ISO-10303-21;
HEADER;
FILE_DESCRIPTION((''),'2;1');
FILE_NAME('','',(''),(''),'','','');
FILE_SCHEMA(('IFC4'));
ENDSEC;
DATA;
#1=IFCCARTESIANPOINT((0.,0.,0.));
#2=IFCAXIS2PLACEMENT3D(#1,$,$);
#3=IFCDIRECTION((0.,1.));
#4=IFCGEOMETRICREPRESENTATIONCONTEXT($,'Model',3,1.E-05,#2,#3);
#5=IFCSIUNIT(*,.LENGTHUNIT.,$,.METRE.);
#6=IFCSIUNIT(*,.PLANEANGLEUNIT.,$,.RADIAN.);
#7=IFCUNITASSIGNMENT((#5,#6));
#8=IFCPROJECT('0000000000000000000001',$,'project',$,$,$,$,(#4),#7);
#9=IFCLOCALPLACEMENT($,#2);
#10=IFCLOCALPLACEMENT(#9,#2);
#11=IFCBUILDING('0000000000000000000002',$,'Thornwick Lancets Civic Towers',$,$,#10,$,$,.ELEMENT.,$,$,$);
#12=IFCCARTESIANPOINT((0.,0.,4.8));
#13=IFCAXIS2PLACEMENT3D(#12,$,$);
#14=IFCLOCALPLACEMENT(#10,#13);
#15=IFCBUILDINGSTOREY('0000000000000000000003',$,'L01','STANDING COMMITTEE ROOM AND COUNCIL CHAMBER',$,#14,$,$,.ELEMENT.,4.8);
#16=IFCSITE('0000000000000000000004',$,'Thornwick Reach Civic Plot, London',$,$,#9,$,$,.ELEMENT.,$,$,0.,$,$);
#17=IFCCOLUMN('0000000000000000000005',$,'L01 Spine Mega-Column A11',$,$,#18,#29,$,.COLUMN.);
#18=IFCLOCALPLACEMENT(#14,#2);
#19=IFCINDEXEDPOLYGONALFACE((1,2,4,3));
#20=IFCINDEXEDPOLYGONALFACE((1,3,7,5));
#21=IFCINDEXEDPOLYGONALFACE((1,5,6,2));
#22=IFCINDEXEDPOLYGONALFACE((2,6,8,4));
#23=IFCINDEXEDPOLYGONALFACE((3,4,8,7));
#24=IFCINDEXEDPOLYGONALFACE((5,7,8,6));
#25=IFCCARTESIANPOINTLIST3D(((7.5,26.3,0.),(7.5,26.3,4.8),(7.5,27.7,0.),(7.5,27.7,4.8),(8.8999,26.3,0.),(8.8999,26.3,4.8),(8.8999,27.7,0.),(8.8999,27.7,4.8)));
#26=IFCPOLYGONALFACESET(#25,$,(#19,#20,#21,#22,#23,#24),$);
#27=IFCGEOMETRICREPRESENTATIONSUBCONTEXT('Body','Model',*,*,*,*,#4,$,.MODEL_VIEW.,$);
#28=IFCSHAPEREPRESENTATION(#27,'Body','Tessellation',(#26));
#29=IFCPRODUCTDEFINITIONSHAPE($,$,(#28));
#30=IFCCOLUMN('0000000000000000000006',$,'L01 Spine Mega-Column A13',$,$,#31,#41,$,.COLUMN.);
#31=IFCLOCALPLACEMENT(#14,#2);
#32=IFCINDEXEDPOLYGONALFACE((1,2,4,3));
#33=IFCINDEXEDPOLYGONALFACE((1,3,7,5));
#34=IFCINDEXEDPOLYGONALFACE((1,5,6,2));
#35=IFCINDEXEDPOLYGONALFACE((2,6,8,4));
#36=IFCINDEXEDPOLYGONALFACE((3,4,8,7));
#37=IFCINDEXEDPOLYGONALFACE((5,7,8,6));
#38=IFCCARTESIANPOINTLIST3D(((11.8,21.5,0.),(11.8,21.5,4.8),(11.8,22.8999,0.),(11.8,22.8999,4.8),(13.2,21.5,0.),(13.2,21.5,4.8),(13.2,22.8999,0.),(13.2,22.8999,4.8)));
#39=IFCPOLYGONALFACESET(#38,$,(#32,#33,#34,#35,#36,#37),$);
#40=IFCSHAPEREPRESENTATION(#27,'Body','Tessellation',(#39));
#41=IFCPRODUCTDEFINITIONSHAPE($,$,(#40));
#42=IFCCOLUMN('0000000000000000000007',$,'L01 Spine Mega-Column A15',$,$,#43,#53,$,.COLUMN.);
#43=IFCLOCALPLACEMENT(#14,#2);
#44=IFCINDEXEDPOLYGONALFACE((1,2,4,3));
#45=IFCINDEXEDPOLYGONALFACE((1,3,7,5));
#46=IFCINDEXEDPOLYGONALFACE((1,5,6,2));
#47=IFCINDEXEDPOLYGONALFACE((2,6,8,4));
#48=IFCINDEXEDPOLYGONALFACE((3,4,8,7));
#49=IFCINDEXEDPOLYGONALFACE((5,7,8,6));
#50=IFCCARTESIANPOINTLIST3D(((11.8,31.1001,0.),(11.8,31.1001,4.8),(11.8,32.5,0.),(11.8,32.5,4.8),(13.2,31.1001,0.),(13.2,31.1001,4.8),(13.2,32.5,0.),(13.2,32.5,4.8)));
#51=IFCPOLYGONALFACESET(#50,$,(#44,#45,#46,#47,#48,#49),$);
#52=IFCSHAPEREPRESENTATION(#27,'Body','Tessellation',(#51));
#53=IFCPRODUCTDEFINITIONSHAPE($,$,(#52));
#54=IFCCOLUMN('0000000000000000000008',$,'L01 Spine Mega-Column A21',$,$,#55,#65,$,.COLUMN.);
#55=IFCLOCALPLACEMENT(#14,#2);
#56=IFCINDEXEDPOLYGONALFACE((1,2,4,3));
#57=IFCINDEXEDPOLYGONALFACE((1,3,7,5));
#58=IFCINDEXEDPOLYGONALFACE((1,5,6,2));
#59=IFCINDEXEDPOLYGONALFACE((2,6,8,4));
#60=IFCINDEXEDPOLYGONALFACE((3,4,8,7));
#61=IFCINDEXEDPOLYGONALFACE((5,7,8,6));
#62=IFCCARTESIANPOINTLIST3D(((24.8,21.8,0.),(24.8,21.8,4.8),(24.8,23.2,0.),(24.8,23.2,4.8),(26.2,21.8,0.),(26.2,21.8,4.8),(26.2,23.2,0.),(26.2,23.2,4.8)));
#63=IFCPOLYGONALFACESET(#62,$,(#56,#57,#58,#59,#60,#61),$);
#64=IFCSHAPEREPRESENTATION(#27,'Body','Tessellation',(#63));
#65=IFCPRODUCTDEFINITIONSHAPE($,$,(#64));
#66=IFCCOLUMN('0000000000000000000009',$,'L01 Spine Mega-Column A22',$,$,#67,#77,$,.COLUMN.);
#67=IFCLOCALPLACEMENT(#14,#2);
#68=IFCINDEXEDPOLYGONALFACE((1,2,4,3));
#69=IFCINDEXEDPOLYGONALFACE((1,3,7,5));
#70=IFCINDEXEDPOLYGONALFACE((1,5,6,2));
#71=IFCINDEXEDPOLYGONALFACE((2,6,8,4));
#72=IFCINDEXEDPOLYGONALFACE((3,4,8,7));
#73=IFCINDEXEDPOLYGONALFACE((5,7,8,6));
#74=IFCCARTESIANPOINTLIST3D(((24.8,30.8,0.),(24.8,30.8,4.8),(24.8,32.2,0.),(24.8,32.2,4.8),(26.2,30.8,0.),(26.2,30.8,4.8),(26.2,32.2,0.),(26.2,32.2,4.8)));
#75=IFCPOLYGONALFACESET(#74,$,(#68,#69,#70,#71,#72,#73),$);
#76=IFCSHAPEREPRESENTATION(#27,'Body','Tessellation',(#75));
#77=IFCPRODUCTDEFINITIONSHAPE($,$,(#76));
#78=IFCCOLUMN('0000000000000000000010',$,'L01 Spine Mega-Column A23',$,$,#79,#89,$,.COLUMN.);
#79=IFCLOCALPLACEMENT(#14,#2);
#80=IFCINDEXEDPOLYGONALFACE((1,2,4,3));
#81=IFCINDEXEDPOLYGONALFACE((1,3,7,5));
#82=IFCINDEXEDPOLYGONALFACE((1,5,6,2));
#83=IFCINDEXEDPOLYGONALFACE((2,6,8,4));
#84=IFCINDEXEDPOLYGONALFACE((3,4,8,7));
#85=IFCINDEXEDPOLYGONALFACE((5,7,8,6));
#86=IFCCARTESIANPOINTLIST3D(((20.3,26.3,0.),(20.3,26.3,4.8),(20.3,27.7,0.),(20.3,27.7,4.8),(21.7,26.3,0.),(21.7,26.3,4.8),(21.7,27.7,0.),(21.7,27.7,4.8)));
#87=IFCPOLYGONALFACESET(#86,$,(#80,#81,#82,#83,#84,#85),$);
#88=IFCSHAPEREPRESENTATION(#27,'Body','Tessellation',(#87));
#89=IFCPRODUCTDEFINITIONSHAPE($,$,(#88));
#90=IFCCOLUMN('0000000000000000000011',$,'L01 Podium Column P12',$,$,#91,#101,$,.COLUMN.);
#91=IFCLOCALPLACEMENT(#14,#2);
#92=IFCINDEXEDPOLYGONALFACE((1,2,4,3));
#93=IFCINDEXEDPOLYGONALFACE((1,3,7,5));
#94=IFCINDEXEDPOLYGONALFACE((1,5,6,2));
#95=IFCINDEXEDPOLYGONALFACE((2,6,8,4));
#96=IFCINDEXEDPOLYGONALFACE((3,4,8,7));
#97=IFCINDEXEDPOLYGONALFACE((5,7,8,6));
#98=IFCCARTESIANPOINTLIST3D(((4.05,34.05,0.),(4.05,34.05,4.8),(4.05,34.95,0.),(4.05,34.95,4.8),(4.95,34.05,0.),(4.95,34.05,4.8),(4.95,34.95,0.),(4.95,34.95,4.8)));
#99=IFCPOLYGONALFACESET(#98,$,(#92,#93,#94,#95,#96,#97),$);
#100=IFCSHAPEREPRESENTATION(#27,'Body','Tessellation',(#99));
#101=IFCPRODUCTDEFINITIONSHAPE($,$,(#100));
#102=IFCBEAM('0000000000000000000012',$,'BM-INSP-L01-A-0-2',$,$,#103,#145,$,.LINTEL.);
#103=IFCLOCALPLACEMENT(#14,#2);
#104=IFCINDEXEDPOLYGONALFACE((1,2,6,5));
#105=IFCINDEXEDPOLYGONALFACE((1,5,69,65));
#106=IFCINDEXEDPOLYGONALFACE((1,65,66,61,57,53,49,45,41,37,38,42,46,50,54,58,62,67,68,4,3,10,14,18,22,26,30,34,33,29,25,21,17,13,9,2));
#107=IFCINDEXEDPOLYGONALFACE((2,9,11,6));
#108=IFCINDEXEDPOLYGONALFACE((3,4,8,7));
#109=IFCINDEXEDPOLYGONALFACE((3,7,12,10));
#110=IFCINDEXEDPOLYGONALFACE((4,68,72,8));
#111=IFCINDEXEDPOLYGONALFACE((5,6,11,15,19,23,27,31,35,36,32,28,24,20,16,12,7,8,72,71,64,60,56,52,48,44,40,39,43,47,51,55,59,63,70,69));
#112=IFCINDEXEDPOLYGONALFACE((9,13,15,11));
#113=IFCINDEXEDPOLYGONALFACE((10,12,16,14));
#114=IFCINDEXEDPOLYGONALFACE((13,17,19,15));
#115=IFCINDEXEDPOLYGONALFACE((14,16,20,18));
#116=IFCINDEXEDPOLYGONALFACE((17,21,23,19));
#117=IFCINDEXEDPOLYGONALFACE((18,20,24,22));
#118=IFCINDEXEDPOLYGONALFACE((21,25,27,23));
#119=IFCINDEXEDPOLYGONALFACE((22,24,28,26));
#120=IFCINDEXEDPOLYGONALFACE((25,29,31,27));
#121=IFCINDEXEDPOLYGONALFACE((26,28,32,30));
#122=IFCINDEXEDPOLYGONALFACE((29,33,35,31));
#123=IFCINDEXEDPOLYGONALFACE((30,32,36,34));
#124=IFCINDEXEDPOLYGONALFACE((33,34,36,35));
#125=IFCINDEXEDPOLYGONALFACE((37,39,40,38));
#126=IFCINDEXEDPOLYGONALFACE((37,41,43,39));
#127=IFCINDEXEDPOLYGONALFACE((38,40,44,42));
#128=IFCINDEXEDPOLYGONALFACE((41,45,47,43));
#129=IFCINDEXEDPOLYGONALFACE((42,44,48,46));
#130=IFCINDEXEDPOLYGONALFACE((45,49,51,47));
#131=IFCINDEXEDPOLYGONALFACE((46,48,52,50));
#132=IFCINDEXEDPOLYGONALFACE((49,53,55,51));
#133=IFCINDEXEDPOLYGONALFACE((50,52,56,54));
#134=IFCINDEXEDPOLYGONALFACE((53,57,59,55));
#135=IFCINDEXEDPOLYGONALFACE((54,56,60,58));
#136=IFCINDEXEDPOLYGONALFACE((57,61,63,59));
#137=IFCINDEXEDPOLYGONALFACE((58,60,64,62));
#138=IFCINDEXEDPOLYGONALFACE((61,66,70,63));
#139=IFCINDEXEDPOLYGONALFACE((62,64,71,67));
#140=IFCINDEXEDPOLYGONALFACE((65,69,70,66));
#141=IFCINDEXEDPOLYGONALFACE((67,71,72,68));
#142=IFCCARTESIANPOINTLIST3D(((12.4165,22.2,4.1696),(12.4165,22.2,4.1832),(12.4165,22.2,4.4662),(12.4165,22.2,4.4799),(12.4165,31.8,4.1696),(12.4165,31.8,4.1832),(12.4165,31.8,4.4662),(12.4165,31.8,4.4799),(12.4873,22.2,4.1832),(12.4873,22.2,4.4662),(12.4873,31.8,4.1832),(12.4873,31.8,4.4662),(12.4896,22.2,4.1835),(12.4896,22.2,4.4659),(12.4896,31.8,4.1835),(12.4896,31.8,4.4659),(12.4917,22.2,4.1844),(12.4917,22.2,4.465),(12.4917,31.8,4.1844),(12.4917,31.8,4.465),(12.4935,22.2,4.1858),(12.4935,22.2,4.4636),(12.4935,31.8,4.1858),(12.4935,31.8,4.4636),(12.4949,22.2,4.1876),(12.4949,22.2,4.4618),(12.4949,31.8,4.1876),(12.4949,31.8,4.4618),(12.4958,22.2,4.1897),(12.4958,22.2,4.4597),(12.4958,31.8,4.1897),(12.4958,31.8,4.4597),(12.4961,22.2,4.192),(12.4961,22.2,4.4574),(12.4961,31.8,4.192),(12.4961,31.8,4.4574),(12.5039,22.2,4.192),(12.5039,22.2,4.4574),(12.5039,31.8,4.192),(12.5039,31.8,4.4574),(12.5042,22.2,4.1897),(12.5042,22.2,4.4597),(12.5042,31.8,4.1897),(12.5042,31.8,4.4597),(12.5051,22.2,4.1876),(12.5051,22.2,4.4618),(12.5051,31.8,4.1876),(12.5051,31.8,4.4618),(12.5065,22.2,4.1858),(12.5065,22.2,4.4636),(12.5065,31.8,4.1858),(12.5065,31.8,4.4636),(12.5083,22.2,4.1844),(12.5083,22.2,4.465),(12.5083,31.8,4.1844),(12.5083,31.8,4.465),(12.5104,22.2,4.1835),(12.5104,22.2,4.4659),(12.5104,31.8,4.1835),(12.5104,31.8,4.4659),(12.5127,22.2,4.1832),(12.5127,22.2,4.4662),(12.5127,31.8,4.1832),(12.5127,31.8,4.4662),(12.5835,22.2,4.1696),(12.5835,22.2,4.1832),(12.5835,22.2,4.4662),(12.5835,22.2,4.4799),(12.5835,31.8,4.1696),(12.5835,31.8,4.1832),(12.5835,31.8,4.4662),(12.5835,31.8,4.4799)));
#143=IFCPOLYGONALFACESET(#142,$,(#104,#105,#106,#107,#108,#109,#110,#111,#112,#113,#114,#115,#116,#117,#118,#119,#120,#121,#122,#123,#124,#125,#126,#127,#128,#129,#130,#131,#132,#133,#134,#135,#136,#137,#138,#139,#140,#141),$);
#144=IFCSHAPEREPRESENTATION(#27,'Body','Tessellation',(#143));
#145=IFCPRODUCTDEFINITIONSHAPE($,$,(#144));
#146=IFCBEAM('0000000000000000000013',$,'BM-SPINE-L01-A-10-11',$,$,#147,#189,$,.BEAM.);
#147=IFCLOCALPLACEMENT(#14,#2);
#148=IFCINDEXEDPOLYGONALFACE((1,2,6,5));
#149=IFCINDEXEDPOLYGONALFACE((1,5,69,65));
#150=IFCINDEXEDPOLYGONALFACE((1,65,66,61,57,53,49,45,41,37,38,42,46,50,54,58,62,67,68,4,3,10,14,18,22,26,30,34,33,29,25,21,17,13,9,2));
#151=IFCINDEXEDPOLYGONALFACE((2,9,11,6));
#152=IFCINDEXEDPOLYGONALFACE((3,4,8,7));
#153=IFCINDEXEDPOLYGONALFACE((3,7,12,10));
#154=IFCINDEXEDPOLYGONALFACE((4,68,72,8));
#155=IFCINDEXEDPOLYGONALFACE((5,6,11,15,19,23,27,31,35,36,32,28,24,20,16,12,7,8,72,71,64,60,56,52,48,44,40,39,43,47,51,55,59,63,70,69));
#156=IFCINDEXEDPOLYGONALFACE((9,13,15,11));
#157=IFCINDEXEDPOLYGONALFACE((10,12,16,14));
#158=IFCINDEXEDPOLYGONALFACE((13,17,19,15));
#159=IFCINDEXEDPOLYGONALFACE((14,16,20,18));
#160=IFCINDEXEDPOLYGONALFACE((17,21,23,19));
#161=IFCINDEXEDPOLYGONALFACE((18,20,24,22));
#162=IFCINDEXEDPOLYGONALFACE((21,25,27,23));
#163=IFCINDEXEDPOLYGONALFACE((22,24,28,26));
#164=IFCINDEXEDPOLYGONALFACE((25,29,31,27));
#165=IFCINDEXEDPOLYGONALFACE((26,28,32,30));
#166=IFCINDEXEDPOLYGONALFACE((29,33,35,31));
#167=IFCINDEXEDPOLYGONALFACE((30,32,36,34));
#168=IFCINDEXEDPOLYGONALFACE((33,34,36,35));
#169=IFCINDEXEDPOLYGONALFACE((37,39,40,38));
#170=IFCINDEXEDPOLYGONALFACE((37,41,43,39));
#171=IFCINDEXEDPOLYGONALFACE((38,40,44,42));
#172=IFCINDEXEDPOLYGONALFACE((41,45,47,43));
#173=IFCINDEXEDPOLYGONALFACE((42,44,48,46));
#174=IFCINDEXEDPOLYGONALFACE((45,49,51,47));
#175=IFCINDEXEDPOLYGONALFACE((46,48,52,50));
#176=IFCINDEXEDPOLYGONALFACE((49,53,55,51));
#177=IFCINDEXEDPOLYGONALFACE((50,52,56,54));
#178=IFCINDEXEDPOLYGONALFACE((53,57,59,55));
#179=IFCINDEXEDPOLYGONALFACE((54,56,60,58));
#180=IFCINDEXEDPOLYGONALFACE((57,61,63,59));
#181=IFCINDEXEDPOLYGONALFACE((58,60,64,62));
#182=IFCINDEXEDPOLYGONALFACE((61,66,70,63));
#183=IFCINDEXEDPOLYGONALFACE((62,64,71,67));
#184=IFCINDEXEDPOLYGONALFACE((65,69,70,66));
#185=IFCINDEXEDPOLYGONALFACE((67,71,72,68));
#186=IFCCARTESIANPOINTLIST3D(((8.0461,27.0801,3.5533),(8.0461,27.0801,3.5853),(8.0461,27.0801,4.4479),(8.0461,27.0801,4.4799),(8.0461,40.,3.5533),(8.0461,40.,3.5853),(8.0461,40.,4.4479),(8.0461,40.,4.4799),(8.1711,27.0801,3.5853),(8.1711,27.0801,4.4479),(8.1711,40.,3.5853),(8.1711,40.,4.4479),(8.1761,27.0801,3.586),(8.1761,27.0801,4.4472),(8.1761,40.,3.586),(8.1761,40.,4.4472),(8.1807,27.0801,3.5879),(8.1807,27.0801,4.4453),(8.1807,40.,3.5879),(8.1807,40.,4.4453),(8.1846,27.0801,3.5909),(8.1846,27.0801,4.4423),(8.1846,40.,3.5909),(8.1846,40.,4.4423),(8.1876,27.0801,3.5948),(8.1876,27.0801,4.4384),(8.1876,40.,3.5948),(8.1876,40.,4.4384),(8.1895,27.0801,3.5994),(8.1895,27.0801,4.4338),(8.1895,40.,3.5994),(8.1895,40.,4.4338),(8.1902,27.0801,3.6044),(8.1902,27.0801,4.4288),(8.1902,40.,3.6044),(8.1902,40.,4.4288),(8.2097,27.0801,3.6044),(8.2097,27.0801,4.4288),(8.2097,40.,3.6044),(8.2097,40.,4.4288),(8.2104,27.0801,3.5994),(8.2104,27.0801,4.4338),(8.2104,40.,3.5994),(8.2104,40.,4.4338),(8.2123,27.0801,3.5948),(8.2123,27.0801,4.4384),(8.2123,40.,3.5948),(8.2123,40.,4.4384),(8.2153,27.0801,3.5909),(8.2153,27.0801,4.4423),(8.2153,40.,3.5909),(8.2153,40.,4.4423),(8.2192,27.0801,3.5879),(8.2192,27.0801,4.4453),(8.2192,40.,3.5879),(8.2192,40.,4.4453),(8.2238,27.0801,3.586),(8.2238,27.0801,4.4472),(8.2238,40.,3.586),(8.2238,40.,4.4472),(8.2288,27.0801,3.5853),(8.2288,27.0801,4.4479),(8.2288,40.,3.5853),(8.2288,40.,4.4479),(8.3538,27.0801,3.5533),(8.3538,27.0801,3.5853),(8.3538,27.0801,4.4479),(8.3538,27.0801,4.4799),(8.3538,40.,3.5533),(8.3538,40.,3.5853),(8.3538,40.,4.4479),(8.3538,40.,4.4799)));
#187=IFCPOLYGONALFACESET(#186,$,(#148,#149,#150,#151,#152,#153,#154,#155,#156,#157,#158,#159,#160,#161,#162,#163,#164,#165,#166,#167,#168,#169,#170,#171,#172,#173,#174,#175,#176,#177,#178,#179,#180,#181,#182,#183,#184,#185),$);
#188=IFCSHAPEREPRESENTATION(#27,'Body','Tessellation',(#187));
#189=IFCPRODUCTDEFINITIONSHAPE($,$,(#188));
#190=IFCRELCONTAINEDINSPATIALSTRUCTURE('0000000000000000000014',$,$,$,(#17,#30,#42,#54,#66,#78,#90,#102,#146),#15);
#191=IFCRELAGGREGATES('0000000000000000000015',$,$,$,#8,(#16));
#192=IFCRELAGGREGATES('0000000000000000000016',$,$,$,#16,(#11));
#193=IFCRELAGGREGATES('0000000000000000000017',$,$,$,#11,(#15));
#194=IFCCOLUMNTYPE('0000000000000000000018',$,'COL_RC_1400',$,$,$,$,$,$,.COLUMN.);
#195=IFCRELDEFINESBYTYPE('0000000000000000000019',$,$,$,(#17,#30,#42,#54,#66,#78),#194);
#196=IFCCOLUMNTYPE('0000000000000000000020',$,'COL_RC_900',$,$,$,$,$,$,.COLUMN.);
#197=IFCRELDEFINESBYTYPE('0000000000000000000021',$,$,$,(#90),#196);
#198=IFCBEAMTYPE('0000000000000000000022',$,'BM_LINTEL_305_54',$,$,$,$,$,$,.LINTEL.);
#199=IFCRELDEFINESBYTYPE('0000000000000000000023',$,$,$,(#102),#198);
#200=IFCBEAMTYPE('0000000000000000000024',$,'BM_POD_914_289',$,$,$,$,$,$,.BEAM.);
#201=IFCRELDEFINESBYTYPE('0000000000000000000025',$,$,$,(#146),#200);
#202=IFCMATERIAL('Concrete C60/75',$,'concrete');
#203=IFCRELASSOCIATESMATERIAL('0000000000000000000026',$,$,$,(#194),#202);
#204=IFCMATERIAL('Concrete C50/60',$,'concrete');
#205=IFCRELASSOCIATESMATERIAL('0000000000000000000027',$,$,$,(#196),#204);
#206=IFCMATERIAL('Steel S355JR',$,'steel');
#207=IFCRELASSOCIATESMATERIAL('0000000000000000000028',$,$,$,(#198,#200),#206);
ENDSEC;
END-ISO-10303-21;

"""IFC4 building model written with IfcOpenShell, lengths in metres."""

from ifc_helpers import new_model, si_unit, direction, frame, origin, origin_2d, place, context, subcontext, project, spatial, rectangle, i_section, extrude, material, material_profile, profile_set, type_object, element, save


model = new_model("IFC4")

# Units and contexts
model_context = context("Model", 3, precision=1e-05, world=origin(), true_north=direction((0.0, 1.0)))
body_context = subcontext(model_context, "Body", "Model", "MODEL_VIEW")
ifc_project = project(units=[si_unit("LENGTHUNIT", "METRE"), si_unit("PLANEANGLEUNIT", "RADIAN")], contexts=[model_context])

# Site, building, storey
site_placement = place(None, origin())
site = spatial("IfcSite", under=ifc_project, at=site_placement, Name="Thornwick Reach Civic Plot, London", CompositionType="ELEMENT", RefElevation=0.0)
building_placement = place(site_placement, origin())
building = spatial("IfcBuilding", under=site, at=building_placement, Name="Thornwick Lancets Civic Towers", CompositionType="ELEMENT")
storey_placement = place(building_placement, frame((0.0, 0.0, 4.8)))
storey = spatial("IfcBuildingStorey", under=building, at=storey_placement, Name="L01", Description="STANDING COMMITTEE ROOM AND COUNCIL CHAMBER", CompositionType="ELEMENT", Elevation=4.8)

# Columns
ifc_material_1 = material(Name="Concrete C60/75", Category="concrete")
ifc_material_profile_1 = material_profile(ifc_material_1, rectangle(XDim=1.3999, YDim=1.3999, at=origin_2d()), Name="RC 1400x1400")
ifc_profile_set_1 = profile_set([ifc_material_profile_1], Name="Concrete C60/75")
column_type_1 = type_object("IfcColumnType", Name="COL_RC_1400", PredefinedType="COLUMN", material=ifc_profile_set_1)
for number, where, z_axis, x_axis, name in (
    (1, (8.2, 27.0, 0.0), (0.0, 0.0, 1.0), (1.0, 0.0, 0.0), "L01 Spine Mega-Column A11"),
    (2, (12.5, 22.2, 0.0), (0.0, 0.0, 1.0), (1.0, 0.0, 0.0), "L01 Spine Mega-Column A13"),
    (3, (12.5, 31.8, 0.0), (0.0, 0.0, 1.0), (1.0, 0.0, 0.0), "L01 Spine Mega-Column A15"),
    (4, (25.5, 22.5, 0.0), (0.0, 0.0, 1.0), (1.0, 0.0, 0.0), "L01 Spine Mega-Column A21"),
    (5, (25.5, 31.5, 0.0), (0.0, 0.0, 1.0), (1.0, 0.0, 0.0), "L01 Spine Mega-Column A22"),
    (6, (21.0, 27.0, 0.0), (0.0, 0.0, 1.0), (1.0, 0.0, 0.0), "L01 Spine Mega-Column A23"),
):
    element("IfcColumn", number, at=place(storey_placement, frame(where, z_axis=z_axis, x_axis=x_axis)), inside=storey, type_object=column_type_1, Name=name, PredefinedType="COLUMN", context=body_context, shape_type="SweptSolid", body=[
        extrude(rectangle(XDim=1.3999, YDim=1.3999, at=origin_2d()), origin(), (0.0, 0.0, 1.0), 4.8),
    ])
ifc_material_2 = material(Name="Concrete C50/60", Category="concrete")
ifc_material_profile_2 = material_profile(ifc_material_2, rectangle(XDim=0.8999, YDim=0.8999, at=origin_2d()), Name="RC 900x900")
ifc_profile_set_2 = profile_set([ifc_material_profile_2], Name="Concrete C50/60")
column_type_2 = type_object("IfcColumnType", Name="COL_RC_900", PredefinedType="COLUMN", material=ifc_profile_set_2)
column_placement = place(storey_placement, frame((4.5, 34.5, 0.0), z_axis=(0.0, 0.0, 1.0), x_axis=(1.0, 0.0, 0.0)))
element("IfcColumn", 7, at=column_placement, inside=storey, type_object=column_type_2, Name="L01 Podium Column P12", PredefinedType="COLUMN", context=body_context, shape_type="SweptSolid", body=[
    extrude(rectangle(XDim=0.8999, YDim=0.8999, at=origin_2d()), origin(), (0.0, 0.0, 1.0), 4.8),
])

# Beams
ifc_material_3 = material(Name="Steel S355JR", Category="steel")
ifc_material_profile_3 = material_profile(ifc_material_3, i_section(OverallWidth=0.167, OverallDepth=0.3103, WebThickness=0.0078, FlangeThickness=0.0137, FilletRadius=0.0088, at=origin_2d()), Name="UKB 305x165x54")
ifc_profile_set_3 = profile_set([ifc_material_profile_3], Name="Steel S355JR")
beam_type_1 = type_object("IfcBeamType", Name="BM_LINTEL_305_54", PredefinedType="LINTEL", material=ifc_profile_set_3)
beam_1_placement = place(storey_placement, frame((12.5, 22.2, 4.3247), z_axis=(0.0, 1.0, 0.0), x_axis=(-1.0, 0.0, 0.0)))
element("IfcBeam", 8, at=beam_1_placement, inside=storey, type_object=beam_type_1, Name="BM-INSP-L01-A-0-2", PredefinedType="LINTEL", context=body_context, shape_type="SweptSolid", body=[
    extrude(i_section(OverallWidth=0.167, OverallDepth=0.3103, WebThickness=0.0078, FlangeThickness=0.0137, FilletRadius=0.0088, at=origin_2d()), origin(), (0.0, 0.0, 1.0), 9.6001),
])
ifc_material_profile_4 = material_profile(ifc_material_3, i_section(OverallWidth=0.3076, OverallDepth=0.9265, WebThickness=0.0195, FlangeThickness=0.032, FilletRadius=0.019, at=origin_2d()), Name="UKB 914x305x289")
ifc_profile_set_4 = profile_set([ifc_material_profile_4], Name="Steel S355JR")
beam_type_2 = type_object("IfcBeamType", Name="BM_POD_914_289", PredefinedType="BEAM", material=ifc_profile_set_4)
beam_2_placement = place(storey_placement, frame((8.2, 27.0801, 4.0166), z_axis=(0.0, 1.0, 0.0), x_axis=(-1.0, 0.0, 0.0)))
element("IfcBeam", 9, at=beam_2_placement, inside=storey, type_object=beam_type_2, Name="BM-SPINE-L01-A-10-11", PredefinedType="BEAM", context=body_context, shape_type="SweptSolid", body=[
    extrude(i_section(OverallWidth=0.3076, OverallDepth=0.9265, WebThickness=0.0195, FlangeThickness=0.032, FilletRadius=0.019, at=origin_2d()), origin(), (0.0, 0.0, 1.0), 12.9199),
])

save(model, "model.ifc")
